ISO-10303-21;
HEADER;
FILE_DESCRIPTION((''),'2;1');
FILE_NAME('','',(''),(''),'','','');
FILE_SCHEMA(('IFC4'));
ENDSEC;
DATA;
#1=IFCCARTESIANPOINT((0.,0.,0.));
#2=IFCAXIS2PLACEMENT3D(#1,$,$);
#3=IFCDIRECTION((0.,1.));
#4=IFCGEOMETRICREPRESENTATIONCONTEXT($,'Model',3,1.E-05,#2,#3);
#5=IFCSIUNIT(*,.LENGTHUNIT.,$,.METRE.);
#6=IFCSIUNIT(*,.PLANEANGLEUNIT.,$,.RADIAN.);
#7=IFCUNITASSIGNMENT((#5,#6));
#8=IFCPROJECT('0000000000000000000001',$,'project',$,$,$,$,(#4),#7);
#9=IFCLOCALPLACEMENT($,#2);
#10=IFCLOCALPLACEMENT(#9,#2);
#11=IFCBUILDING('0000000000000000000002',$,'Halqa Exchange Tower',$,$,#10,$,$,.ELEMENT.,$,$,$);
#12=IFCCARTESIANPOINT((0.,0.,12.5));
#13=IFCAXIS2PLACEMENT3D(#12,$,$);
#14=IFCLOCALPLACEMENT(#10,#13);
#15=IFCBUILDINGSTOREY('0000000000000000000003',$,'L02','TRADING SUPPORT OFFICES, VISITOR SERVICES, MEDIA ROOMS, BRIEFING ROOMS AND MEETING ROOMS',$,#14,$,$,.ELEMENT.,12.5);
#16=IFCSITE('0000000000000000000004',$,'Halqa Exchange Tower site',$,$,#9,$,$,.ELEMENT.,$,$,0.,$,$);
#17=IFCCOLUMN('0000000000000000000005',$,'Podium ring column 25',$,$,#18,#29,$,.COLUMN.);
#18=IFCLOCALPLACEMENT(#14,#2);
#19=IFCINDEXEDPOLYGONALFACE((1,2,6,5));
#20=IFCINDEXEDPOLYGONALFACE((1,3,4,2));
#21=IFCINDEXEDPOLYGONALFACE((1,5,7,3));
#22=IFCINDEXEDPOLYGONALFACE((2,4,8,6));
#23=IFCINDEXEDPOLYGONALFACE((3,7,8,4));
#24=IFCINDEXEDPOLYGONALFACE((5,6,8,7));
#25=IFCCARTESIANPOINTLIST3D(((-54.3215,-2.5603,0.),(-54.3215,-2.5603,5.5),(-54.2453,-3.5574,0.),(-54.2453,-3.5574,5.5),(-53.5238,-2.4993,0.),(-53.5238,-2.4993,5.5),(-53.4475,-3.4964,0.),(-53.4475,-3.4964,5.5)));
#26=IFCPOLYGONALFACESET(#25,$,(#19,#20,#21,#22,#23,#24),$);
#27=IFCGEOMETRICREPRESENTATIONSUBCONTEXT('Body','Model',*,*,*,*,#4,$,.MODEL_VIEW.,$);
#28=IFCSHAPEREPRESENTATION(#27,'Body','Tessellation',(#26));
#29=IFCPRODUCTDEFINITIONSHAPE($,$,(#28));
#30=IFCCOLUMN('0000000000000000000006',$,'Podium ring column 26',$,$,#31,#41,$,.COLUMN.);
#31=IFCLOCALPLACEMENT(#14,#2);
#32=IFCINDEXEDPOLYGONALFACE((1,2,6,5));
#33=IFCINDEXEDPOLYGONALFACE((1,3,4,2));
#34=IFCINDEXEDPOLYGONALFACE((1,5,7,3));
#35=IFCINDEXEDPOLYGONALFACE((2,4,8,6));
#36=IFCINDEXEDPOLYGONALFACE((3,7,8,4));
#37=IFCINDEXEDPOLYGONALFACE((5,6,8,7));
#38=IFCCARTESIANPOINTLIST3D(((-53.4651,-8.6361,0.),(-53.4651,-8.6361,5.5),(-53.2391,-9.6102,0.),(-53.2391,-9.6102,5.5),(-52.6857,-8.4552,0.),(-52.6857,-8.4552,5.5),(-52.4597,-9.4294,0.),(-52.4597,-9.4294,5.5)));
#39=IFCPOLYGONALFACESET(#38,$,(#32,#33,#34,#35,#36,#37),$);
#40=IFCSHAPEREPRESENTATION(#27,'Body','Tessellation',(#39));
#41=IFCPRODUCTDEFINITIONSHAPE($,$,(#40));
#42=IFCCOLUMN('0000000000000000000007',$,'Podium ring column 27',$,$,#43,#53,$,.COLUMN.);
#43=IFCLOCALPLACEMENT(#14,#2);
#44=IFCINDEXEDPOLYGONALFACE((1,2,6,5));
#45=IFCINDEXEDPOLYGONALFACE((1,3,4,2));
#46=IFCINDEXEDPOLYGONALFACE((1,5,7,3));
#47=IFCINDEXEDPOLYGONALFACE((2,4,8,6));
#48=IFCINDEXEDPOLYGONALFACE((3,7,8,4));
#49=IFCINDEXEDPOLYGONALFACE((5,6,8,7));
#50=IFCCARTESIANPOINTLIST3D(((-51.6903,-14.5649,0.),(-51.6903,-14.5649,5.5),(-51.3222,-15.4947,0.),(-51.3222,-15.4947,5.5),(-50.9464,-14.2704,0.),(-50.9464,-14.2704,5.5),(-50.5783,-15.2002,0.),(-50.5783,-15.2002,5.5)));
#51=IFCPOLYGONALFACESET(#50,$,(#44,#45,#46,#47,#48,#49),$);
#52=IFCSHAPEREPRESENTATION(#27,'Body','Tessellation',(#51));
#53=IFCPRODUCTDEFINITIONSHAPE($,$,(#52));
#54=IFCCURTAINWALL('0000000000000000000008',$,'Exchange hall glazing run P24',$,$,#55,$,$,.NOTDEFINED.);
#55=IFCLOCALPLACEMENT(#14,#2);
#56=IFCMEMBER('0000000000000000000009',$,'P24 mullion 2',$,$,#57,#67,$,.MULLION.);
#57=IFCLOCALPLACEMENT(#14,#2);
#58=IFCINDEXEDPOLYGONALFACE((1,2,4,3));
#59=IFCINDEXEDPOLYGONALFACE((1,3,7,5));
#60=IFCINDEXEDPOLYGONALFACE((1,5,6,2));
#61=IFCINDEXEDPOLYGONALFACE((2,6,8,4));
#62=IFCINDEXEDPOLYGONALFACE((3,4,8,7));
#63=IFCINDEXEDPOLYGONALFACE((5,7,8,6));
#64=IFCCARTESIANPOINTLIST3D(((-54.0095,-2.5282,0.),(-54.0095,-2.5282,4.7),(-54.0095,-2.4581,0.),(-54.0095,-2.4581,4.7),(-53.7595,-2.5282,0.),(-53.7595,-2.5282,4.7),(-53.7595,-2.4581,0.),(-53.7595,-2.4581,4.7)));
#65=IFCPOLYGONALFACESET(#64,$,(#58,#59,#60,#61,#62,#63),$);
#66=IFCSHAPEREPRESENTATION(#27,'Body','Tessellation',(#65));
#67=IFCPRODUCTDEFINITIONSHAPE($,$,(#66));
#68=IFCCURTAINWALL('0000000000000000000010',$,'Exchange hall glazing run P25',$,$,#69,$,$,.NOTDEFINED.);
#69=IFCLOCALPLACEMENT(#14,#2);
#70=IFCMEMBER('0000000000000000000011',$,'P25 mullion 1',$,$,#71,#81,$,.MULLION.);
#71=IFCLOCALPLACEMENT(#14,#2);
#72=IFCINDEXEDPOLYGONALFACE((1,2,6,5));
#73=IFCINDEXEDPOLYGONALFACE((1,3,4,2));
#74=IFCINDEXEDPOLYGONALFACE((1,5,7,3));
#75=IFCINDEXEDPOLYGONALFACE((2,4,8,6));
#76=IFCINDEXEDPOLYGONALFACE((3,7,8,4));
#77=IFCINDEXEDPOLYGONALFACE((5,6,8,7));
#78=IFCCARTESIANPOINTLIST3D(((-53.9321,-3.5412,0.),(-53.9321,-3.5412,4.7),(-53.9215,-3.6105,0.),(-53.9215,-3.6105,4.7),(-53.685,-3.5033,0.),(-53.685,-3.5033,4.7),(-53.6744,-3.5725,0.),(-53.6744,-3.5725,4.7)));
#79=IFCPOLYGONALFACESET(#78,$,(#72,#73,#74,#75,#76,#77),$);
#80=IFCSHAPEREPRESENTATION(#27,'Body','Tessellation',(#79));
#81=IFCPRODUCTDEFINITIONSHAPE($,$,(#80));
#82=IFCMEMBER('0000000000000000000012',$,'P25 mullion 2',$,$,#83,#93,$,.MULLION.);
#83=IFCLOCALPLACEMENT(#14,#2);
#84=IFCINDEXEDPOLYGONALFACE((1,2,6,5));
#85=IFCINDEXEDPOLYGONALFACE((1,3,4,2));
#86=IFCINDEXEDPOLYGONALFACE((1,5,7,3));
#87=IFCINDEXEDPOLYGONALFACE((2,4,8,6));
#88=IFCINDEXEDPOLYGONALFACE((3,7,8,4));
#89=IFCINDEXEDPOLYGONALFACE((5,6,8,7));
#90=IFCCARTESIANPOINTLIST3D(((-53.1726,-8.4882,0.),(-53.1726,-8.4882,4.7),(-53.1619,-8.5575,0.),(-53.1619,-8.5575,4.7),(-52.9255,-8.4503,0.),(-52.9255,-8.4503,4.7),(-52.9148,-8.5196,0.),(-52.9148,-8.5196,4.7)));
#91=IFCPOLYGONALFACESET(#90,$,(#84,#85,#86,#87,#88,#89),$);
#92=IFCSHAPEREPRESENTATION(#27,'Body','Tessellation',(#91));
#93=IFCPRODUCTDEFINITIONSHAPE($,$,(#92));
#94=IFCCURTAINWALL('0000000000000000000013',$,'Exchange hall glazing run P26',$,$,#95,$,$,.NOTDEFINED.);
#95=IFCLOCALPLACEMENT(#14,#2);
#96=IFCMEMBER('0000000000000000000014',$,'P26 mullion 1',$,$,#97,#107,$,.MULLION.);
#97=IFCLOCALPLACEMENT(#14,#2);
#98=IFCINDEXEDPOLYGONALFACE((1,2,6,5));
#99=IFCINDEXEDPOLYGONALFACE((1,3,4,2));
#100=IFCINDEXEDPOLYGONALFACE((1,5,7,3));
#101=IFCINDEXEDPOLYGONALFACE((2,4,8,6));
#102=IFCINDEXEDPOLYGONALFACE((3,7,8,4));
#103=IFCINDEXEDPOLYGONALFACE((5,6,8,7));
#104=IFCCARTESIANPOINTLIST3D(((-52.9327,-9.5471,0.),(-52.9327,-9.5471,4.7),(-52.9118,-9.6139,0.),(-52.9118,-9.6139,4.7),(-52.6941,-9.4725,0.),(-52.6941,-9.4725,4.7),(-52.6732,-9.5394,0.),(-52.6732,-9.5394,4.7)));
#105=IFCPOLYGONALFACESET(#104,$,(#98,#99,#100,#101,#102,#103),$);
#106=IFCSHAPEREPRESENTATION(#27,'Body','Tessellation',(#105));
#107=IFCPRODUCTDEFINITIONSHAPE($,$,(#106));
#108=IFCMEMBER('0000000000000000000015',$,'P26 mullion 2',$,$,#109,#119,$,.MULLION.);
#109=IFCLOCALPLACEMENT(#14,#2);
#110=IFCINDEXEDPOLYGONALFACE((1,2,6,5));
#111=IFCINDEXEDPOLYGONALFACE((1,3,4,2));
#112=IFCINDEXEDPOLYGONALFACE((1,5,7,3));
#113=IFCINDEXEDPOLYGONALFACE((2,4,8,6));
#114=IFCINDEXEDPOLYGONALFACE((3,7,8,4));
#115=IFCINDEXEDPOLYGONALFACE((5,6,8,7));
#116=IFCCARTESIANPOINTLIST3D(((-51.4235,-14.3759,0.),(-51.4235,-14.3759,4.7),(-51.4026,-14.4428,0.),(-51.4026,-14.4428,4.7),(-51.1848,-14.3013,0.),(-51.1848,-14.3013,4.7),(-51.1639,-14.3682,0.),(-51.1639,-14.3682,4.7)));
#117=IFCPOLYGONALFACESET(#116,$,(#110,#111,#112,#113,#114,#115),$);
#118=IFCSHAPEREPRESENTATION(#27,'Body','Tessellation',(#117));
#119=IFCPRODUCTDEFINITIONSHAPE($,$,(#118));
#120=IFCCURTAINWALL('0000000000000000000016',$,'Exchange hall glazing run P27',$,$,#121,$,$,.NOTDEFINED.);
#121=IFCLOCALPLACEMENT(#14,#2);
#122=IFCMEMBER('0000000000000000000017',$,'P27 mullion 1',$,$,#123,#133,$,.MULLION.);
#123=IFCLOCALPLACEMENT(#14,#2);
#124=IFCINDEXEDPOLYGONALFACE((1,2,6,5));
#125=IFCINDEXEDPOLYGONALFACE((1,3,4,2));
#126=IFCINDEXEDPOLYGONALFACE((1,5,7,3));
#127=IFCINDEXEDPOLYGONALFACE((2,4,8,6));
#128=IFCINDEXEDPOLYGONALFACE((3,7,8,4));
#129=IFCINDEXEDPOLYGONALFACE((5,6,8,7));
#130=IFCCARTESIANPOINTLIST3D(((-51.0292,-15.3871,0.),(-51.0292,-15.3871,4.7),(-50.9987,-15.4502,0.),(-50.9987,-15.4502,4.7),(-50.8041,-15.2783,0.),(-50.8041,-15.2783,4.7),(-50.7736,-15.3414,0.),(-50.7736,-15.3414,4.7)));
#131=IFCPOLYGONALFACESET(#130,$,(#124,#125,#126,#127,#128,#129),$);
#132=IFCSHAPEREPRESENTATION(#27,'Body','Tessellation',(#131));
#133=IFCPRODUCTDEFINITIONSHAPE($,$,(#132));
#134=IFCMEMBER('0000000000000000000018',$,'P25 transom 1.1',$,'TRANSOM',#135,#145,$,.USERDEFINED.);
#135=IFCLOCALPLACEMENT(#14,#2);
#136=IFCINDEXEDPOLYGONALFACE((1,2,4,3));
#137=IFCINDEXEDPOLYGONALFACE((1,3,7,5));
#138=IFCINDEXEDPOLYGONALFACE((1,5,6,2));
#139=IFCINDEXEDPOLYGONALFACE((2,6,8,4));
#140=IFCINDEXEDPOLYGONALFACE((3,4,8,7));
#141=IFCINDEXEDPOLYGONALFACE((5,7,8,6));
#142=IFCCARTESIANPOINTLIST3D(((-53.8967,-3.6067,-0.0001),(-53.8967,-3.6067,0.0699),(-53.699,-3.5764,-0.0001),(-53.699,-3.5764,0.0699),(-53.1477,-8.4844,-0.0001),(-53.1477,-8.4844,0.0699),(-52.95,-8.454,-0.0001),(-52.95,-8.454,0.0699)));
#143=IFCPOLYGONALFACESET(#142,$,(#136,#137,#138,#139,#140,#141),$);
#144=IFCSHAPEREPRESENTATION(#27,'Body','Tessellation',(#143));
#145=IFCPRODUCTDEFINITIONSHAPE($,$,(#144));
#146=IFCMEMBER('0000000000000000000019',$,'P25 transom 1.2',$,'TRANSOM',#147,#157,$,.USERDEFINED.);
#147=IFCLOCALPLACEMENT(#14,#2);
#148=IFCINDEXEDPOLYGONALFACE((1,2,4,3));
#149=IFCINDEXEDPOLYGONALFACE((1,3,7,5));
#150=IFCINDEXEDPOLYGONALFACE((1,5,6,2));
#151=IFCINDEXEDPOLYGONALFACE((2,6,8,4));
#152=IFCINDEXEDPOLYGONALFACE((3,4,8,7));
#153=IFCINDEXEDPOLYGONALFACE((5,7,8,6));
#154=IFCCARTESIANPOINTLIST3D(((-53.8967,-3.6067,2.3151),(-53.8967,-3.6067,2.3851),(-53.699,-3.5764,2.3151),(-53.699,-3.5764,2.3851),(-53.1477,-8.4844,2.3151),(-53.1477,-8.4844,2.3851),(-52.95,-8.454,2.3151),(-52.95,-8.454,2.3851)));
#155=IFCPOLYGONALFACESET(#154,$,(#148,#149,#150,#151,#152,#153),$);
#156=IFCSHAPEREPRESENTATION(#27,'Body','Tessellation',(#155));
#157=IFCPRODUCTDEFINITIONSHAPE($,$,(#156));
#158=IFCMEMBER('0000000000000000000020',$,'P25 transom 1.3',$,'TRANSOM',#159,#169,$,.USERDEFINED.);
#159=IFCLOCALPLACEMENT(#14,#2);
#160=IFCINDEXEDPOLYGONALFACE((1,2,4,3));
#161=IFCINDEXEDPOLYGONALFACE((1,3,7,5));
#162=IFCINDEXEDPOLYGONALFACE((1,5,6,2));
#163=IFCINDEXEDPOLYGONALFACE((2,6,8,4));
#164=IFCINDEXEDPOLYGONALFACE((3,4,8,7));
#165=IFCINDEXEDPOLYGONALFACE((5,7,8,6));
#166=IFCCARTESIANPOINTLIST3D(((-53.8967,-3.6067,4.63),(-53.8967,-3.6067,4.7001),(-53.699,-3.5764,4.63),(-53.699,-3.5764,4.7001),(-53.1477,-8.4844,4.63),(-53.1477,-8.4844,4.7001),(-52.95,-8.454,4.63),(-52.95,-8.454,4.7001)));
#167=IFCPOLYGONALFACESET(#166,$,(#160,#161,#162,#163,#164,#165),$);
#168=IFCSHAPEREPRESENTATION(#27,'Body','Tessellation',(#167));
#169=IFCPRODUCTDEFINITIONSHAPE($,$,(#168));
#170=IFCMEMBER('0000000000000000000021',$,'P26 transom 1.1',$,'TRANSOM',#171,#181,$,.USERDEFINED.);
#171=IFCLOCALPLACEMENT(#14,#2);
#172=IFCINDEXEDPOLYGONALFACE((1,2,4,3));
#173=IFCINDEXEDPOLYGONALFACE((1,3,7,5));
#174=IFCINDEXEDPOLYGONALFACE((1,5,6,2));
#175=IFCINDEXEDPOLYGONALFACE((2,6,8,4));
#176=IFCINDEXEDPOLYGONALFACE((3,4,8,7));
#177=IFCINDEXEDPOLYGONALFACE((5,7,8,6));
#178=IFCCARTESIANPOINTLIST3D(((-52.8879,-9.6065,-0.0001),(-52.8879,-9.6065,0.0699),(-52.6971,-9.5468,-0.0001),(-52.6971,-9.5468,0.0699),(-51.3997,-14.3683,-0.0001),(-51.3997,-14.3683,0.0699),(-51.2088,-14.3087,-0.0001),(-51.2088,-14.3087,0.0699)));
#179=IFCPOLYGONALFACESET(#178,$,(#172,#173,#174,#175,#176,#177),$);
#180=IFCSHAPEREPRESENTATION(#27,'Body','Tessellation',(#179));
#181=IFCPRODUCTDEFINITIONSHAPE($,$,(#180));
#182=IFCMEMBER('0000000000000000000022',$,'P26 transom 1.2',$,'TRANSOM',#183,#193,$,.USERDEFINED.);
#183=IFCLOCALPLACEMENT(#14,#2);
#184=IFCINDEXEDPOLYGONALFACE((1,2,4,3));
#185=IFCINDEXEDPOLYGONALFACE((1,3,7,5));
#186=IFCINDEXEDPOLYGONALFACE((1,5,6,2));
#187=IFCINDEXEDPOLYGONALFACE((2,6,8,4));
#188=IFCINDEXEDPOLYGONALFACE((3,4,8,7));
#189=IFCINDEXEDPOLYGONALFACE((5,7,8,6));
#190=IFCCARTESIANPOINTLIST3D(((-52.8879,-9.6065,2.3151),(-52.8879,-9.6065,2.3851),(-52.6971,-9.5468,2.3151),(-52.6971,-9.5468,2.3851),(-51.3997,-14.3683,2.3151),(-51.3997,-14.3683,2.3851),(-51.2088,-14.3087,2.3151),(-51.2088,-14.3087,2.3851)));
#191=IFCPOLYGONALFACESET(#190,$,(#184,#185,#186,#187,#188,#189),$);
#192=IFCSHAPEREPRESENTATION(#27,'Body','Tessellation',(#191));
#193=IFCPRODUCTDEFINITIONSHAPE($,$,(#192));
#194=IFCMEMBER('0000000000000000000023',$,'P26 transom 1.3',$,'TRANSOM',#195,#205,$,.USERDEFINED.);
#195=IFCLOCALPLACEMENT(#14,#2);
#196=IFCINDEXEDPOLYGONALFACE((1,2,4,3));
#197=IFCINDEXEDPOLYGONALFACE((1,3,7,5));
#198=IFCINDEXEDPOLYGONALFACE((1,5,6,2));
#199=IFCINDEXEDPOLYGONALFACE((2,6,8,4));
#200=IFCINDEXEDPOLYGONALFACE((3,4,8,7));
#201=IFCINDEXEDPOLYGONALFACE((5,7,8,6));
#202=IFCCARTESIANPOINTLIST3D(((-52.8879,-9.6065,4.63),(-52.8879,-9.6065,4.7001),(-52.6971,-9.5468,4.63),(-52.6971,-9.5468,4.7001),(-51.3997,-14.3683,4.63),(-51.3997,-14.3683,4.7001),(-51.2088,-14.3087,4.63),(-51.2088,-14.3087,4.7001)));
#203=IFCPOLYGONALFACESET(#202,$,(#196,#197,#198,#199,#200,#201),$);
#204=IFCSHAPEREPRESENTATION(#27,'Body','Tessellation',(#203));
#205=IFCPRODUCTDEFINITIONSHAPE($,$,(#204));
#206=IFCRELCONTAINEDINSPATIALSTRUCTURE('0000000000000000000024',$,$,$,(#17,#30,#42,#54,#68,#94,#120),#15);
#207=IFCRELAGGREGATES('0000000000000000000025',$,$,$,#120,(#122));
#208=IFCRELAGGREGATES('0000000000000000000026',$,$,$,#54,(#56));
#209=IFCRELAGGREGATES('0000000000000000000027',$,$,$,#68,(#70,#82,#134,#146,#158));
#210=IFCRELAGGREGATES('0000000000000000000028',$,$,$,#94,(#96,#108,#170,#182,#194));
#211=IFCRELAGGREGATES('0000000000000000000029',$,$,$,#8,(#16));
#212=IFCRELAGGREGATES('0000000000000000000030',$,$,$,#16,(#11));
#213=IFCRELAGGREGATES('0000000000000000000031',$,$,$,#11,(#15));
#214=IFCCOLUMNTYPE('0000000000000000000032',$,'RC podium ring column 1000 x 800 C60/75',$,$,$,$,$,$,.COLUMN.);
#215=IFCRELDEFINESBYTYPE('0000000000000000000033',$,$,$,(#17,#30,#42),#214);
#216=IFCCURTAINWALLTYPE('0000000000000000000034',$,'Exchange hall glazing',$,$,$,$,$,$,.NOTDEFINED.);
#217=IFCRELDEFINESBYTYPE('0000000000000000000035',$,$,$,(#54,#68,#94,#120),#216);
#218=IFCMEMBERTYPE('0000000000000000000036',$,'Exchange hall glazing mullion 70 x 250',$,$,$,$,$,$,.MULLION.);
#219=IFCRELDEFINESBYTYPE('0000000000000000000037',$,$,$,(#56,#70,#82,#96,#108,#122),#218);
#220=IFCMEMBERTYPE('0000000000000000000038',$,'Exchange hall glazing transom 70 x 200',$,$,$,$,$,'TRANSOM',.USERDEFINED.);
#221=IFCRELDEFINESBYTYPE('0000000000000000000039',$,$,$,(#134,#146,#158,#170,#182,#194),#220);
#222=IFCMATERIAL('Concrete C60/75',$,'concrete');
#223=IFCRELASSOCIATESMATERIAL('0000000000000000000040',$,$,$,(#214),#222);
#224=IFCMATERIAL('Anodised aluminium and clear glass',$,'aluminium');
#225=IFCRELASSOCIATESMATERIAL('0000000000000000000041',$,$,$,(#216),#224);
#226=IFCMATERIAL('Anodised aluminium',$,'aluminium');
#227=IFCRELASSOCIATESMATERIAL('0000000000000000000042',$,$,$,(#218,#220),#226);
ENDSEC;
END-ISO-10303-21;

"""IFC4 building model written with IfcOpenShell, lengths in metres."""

from ifc_helpers import new_model, si_unit, direction, frame, origin, origin_2d, place, context, subcontext, project, spatial, rectangle, extrude, material, material_profile, profile_set, type_object, element, aggregate, save


model = new_model("IFC4")

# Units and contexts
model_context = context("Model", 3, precision=1e-05, world=origin(), true_north=direction((0.0, 1.0)))
body_context = subcontext(model_context, "Body", "Model", "MODEL_VIEW")
ifc_project = project(units=[si_unit("LENGTHUNIT", "METRE"), si_unit("PLANEANGLEUNIT", "RADIAN")], contexts=[model_context])

# Site, building, storey
site_placement = place(None, origin())
site = spatial("IfcSite", under=ifc_project, at=site_placement, Name="Halqa Exchange Tower site", CompositionType="ELEMENT", RefElevation=0.0)
building_placement = place(site_placement, origin())
building = spatial("IfcBuilding", under=site, at=building_placement, Name="Halqa Exchange Tower", CompositionType="ELEMENT")
storey_placement = place(building_placement, frame((0.0, 0.0, 12.5)))
storey = spatial("IfcBuildingStorey", under=building, at=storey_placement, Name="L02", Description="TRADING SUPPORT OFFICES, VISITOR SERVICES, MEDIA ROOMS, BRIEFING ROOMS AND MEETING ROOMS", CompositionType="ELEMENT", Elevation=12.5)

# Columns
ifc_material_1 = material(Name="Concrete C60/75", Category="concrete")
ifc_material_profile_1 = material_profile(ifc_material_1, rectangle(XDim=1.0, YDim=0.8, at=origin_2d()), Name="1000 x 800")
ifc_profile_set_1 = profile_set([ifc_material_profile_1], Name="Concrete C60/75")
column_type = type_object("IfcColumnType", Name="RC podium ring column 1000 x 800 C60/75", PredefinedType="COLUMN", material=ifc_profile_set_1)
for number, where, z_axis, x_axis, name in (
    (1, (-53.8845, -3.0283, 0.0), (0.0, 0.0, 1.0), (0.076223, -0.997091, 0.0), "Podium ring column 25"),
    (2, (-52.9624, -9.0327, 0.0), (0.0, 0.0, 1.0), (0.225997, -0.974128, 0.0), "Podium ring column 26"),
    (3, (-51.1343, -14.8826, 0.0), (0.0, 0.0, 1.0), (0.36811, -0.929782, 0.0), "Podium ring column 27"),
):
    element("IfcColumn", number, at=place(storey_placement, frame(where, z_axis=z_axis, x_axis=x_axis)), inside=storey, type_object=column_type, Name=name, PredefinedType="COLUMN", context=body_context, shape_type="SweptSolid", body=[
        extrude(rectangle(XDim=1.0, YDim=0.8, at=origin_2d()), origin(), (0.0, 0.0, 1.0), 5.5),
    ])

# Curtain wall, member
ifc_material_2 = material(Name="Anodised aluminium and clear glass", Category="aluminium")
curtain_wall_type = type_object("IfcCurtainWallType", Name="Exchange hall glazing", PredefinedType="NOTDEFINED", material=ifc_material_2)
curtain_wall_1_placement = place(storey_placement, origin())
curtain_wall_1 = element("IfcCurtainWall", 4, at=curtain_wall_1_placement, inside=storey, type_object=curtain_wall_type, Name="Exchange hall glazing run P24", PredefinedType="NOTDEFINED")
ifc_material_3 = material(Name="Anodised aluminium", Category="aluminium")
ifc_material_profile_2 = material_profile(ifc_material_3, rectangle(XDim=0.25, YDim=0.0701, at=origin_2d()), Name="AL 70x250")
ifc_profile_set_2 = profile_set([ifc_material_profile_2], Name="Anodised aluminium")
member_type_1 = type_object("IfcMemberType", Name="Exchange hall glazing mullion 70 x 250", PredefinedType="MULLION", material=ifc_profile_set_2)
member_1_placement = place(storey_placement, frame((-53.8845, -2.4932, 0.0), z_axis=(0.0, 0.0, 1.0), x_axis=(1.0, 0.0, 0.0)))
member_1 = element("IfcMember", 5, at=member_1_placement, type_object=member_type_1, Name="P24 mullion 2", PredefinedType="MULLION", context=body_context, shape_type="SweptSolid", body=[
    extrude(rectangle(XDim=0.25, YDim=0.0701, at=origin_2d()), origin(), (0.0, 0.0, 1.0), 4.7),
])

# Curtain walls, members
curtain_wall_2_placement = place(storey_placement, origin())
curtain_wall_2 = element("IfcCurtainWall", 6, at=curtain_wall_2_placement, inside=storey, type_object=curtain_wall_type, Name="Exchange hall glazing run P25", PredefinedType="NOTDEFINED")
member_2_placement = place(storey_placement, frame((-53.8032, -3.5569, 0.0), z_axis=(0.0, 0.0, 1.0), x_axis=(0.988416, 0.151767, 0.0)))
member_2 = element("IfcMember", 7, at=member_2_placement, type_object=member_type_1, Name="P25 mullion 1", PredefinedType="MULLION", context=body_context, shape_type="SweptSolid", body=[
    extrude(rectangle(XDim=0.25, YDim=0.0701, at=origin_2d()), origin(), (0.0, 0.0, 1.0), 4.7),
])
member_3_placement = place(storey_placement, frame((-53.0437, -8.5039, 0.0), z_axis=(0.0, 0.0, 1.0), x_axis=(0.988416, 0.151767, 0.0)))
member_3 = element("IfcMember", 8, at=member_3_placement, type_object=member_type_1, Name="P25 mullion 2", PredefinedType="MULLION", context=body_context, shape_type="SweptSolid", body=[
    extrude(rectangle(XDim=0.25, YDim=0.0701, at=origin_2d()), origin(), (0.0, 0.0, 1.0), 4.7),
])
curtain_wall_3_placement = place(storey_placement, origin())
curtain_wall_3 = element("IfcCurtainWall", 9, at=curtain_wall_3_placement, inside=storey, type_object=curtain_wall_type, Name="Exchange hall glazing run P26", PredefinedType="NOTDEFINED")
member_4_placement = place(storey_placement, frame((-52.803, -9.5432, 0.0), z_axis=(0.0, 0.0, 1.0), x_axis=(0.954471, 0.298303, 0.0)))
member_4 = element("IfcMember", 10, at=member_4_placement, type_object=member_type_1, Name="P26 mullion 1", PredefinedType="MULLION", context=body_context, shape_type="SweptSolid", body=[
    extrude(rectangle(XDim=0.25, YDim=0.0701, at=origin_2d()), origin(), (0.0, 0.0, 1.0), 4.7),
])
member_5_placement = place(storey_placement, frame((-51.2937, -14.3721, 0.0), z_axis=(0.0, 0.0, 1.0), x_axis=(0.954471, 0.298303, 0.0)))
member_5 = element("IfcMember", 11, at=member_5_placement, type_object=member_type_1, Name="P26 mullion 2", PredefinedType="MULLION", context=body_context, shape_type="SweptSolid", body=[
    extrude(rectangle(XDim=0.25, YDim=0.0701, at=origin_2d()), origin(), (0.0, 0.0, 1.0), 4.7),
])

# Curtain wall, member
curtain_wall_4_placement = place(storey_placement, origin())
curtain_wall_4 = element("IfcCurtainWall", 12, at=curtain_wall_4_placement, inside=storey, type_object=curtain_wall_type, Name="Exchange hall glazing run P27", PredefinedType="NOTDEFINED")
member_6_placement = place(storey_placement, frame((-50.9014, -15.3643, 0.0), z_axis=(0.0, 0.0, 1.0), x_axis=(0.900435, 0.43499, 0.0)))
member_6 = element("IfcMember", 13, at=member_6_placement, type_object=member_type_1, Name="P27 mullion 1", PredefinedType="MULLION", context=body_context, shape_type="SweptSolid", body=[
    extrude(rectangle(XDim=0.25, YDim=0.0701, at=origin_2d()), origin(), (0.0, 0.0, 1.0), 4.7),
])

# Members
ifc_material_profile_3 = material_profile(ifc_material_3, rectangle(XDim=0.2, YDim=0.0701, at=origin_2d()), Name="AL 70x200")
ifc_profile_set_3 = profile_set([ifc_material_profile_3], Name="Anodised aluminium")
member_type_2 = type_object("IfcMemberType", Name="Exchange hall glazing transom 70 x 200", ElementType="TRANSOM", PredefinedType="USERDEFINED", material=ifc_profile_set_3)
member_7_placement = place(storey_placement, frame((-53.7979, -3.5916, 0.0349), z_axis=(0.151782, -0.988414, 0.0), x_axis=(0.988414, 0.151782, 0.0)))
member_7 = element("IfcMember", 14, at=member_7_placement, type_object=member_type_2, Name="P25 transom 1.1", ObjectType="TRANSOM", PredefinedType="USERDEFINED", context=body_context, shape_type="SweptSolid", body=[
    extrude(rectangle(XDim=0.2, YDim=0.0701, at=origin_2d()), origin(), (0.0, 0.0, 1.0), 4.9348),
])
member_8_placement = place(storey_placement, frame((-53.7979, -3.5916, 2.3501), z_axis=(0.151782, -0.988414, 0.0), x_axis=(0.988414, 0.151782, 0.0)))
member_8 = element("IfcMember", 15, at=member_8_placement, type_object=member_type_2, Name="P25 transom 1.2", ObjectType="TRANSOM", PredefinedType="USERDEFINED", context=body_context, shape_type="SweptSolid", body=[
    extrude(rectangle(XDim=0.2, YDim=0.0701, at=origin_2d()), origin(), (0.0, 0.0, 1.0), 4.9348),
])
member_9_placement = place(storey_placement, frame((-53.7979, -3.5916, 4.665), z_axis=(0.151782, -0.988414, 0.0), x_axis=(0.988414, 0.151782, 0.0)))
member_9 = element("IfcMember", 16, at=member_9_placement, type_object=member_type_2, Name="P25 transom 1.3", ObjectType="TRANSOM", PredefinedType="USERDEFINED", context=body_context, shape_type="SweptSolid", body=[
    extrude(rectangle(XDim=0.2, YDim=0.0701, at=origin_2d()), origin(), (0.0, 0.0, 1.0), 4.9348),
])
member_10_placement = place(storey_placement, frame((-52.7925, -9.5767, 0.0349), z_axis=(0.298306, -0.95447, 0.0), x_axis=(0.95447, 0.298306, 0.0)))
member_10 = element("IfcMember", 17, at=member_10_placement, type_object=member_type_2, Name="P26 transom 1.1", ObjectType="TRANSOM", PredefinedType="USERDEFINED", context=body_context, shape_type="SweptSolid", body=[
    extrude(rectangle(XDim=0.2, YDim=0.0701, at=origin_2d()), origin(), (0.0, 0.0, 1.0), 4.989),
])
member_11_placement = place(storey_placement, frame((-52.7925, -9.5767, 2.3501), z_axis=(0.298306, -0.95447, 0.0), x_axis=(0.95447, 0.298306, 0.0)))
member_11 = element("IfcMember", 18, at=member_11_placement, type_object=member_type_2, Name="P26 transom 1.2", ObjectType="TRANSOM", PredefinedType="USERDEFINED", context=body_context, shape_type="SweptSolid", body=[
    extrude(rectangle(XDim=0.2, YDim=0.0701, at=origin_2d()), origin(), (0.0, 0.0, 1.0), 4.989),
])
member_12_placement = place(storey_placement, frame((-52.7925, -9.5767, 4.665), z_axis=(0.298306, -0.95447, 0.0), x_axis=(0.95447, 0.298306, 0.0)))
member_12 = element("IfcMember", 19, at=member_12_placement, type_object=member_type_2, Name="P26 transom 1.3", ObjectType="TRANSOM", PredefinedType="USERDEFINED", context=body_context, shape_type="SweptSolid", body=[
    extrude(rectangle(XDim=0.2, YDim=0.0701, at=origin_2d()), origin(), (0.0, 0.0, 1.0), 4.989),
])
aggregate(curtain_wall_4, [member_6])

aggregate(curtain_wall_1, [member_1])
aggregate(curtain_wall_2, [member_2, member_3, member_7, member_8, member_9])
aggregate(curtain_wall_3, [member_4, member_5, member_10, member_11, member_12])

save(model, "model.ifc")
